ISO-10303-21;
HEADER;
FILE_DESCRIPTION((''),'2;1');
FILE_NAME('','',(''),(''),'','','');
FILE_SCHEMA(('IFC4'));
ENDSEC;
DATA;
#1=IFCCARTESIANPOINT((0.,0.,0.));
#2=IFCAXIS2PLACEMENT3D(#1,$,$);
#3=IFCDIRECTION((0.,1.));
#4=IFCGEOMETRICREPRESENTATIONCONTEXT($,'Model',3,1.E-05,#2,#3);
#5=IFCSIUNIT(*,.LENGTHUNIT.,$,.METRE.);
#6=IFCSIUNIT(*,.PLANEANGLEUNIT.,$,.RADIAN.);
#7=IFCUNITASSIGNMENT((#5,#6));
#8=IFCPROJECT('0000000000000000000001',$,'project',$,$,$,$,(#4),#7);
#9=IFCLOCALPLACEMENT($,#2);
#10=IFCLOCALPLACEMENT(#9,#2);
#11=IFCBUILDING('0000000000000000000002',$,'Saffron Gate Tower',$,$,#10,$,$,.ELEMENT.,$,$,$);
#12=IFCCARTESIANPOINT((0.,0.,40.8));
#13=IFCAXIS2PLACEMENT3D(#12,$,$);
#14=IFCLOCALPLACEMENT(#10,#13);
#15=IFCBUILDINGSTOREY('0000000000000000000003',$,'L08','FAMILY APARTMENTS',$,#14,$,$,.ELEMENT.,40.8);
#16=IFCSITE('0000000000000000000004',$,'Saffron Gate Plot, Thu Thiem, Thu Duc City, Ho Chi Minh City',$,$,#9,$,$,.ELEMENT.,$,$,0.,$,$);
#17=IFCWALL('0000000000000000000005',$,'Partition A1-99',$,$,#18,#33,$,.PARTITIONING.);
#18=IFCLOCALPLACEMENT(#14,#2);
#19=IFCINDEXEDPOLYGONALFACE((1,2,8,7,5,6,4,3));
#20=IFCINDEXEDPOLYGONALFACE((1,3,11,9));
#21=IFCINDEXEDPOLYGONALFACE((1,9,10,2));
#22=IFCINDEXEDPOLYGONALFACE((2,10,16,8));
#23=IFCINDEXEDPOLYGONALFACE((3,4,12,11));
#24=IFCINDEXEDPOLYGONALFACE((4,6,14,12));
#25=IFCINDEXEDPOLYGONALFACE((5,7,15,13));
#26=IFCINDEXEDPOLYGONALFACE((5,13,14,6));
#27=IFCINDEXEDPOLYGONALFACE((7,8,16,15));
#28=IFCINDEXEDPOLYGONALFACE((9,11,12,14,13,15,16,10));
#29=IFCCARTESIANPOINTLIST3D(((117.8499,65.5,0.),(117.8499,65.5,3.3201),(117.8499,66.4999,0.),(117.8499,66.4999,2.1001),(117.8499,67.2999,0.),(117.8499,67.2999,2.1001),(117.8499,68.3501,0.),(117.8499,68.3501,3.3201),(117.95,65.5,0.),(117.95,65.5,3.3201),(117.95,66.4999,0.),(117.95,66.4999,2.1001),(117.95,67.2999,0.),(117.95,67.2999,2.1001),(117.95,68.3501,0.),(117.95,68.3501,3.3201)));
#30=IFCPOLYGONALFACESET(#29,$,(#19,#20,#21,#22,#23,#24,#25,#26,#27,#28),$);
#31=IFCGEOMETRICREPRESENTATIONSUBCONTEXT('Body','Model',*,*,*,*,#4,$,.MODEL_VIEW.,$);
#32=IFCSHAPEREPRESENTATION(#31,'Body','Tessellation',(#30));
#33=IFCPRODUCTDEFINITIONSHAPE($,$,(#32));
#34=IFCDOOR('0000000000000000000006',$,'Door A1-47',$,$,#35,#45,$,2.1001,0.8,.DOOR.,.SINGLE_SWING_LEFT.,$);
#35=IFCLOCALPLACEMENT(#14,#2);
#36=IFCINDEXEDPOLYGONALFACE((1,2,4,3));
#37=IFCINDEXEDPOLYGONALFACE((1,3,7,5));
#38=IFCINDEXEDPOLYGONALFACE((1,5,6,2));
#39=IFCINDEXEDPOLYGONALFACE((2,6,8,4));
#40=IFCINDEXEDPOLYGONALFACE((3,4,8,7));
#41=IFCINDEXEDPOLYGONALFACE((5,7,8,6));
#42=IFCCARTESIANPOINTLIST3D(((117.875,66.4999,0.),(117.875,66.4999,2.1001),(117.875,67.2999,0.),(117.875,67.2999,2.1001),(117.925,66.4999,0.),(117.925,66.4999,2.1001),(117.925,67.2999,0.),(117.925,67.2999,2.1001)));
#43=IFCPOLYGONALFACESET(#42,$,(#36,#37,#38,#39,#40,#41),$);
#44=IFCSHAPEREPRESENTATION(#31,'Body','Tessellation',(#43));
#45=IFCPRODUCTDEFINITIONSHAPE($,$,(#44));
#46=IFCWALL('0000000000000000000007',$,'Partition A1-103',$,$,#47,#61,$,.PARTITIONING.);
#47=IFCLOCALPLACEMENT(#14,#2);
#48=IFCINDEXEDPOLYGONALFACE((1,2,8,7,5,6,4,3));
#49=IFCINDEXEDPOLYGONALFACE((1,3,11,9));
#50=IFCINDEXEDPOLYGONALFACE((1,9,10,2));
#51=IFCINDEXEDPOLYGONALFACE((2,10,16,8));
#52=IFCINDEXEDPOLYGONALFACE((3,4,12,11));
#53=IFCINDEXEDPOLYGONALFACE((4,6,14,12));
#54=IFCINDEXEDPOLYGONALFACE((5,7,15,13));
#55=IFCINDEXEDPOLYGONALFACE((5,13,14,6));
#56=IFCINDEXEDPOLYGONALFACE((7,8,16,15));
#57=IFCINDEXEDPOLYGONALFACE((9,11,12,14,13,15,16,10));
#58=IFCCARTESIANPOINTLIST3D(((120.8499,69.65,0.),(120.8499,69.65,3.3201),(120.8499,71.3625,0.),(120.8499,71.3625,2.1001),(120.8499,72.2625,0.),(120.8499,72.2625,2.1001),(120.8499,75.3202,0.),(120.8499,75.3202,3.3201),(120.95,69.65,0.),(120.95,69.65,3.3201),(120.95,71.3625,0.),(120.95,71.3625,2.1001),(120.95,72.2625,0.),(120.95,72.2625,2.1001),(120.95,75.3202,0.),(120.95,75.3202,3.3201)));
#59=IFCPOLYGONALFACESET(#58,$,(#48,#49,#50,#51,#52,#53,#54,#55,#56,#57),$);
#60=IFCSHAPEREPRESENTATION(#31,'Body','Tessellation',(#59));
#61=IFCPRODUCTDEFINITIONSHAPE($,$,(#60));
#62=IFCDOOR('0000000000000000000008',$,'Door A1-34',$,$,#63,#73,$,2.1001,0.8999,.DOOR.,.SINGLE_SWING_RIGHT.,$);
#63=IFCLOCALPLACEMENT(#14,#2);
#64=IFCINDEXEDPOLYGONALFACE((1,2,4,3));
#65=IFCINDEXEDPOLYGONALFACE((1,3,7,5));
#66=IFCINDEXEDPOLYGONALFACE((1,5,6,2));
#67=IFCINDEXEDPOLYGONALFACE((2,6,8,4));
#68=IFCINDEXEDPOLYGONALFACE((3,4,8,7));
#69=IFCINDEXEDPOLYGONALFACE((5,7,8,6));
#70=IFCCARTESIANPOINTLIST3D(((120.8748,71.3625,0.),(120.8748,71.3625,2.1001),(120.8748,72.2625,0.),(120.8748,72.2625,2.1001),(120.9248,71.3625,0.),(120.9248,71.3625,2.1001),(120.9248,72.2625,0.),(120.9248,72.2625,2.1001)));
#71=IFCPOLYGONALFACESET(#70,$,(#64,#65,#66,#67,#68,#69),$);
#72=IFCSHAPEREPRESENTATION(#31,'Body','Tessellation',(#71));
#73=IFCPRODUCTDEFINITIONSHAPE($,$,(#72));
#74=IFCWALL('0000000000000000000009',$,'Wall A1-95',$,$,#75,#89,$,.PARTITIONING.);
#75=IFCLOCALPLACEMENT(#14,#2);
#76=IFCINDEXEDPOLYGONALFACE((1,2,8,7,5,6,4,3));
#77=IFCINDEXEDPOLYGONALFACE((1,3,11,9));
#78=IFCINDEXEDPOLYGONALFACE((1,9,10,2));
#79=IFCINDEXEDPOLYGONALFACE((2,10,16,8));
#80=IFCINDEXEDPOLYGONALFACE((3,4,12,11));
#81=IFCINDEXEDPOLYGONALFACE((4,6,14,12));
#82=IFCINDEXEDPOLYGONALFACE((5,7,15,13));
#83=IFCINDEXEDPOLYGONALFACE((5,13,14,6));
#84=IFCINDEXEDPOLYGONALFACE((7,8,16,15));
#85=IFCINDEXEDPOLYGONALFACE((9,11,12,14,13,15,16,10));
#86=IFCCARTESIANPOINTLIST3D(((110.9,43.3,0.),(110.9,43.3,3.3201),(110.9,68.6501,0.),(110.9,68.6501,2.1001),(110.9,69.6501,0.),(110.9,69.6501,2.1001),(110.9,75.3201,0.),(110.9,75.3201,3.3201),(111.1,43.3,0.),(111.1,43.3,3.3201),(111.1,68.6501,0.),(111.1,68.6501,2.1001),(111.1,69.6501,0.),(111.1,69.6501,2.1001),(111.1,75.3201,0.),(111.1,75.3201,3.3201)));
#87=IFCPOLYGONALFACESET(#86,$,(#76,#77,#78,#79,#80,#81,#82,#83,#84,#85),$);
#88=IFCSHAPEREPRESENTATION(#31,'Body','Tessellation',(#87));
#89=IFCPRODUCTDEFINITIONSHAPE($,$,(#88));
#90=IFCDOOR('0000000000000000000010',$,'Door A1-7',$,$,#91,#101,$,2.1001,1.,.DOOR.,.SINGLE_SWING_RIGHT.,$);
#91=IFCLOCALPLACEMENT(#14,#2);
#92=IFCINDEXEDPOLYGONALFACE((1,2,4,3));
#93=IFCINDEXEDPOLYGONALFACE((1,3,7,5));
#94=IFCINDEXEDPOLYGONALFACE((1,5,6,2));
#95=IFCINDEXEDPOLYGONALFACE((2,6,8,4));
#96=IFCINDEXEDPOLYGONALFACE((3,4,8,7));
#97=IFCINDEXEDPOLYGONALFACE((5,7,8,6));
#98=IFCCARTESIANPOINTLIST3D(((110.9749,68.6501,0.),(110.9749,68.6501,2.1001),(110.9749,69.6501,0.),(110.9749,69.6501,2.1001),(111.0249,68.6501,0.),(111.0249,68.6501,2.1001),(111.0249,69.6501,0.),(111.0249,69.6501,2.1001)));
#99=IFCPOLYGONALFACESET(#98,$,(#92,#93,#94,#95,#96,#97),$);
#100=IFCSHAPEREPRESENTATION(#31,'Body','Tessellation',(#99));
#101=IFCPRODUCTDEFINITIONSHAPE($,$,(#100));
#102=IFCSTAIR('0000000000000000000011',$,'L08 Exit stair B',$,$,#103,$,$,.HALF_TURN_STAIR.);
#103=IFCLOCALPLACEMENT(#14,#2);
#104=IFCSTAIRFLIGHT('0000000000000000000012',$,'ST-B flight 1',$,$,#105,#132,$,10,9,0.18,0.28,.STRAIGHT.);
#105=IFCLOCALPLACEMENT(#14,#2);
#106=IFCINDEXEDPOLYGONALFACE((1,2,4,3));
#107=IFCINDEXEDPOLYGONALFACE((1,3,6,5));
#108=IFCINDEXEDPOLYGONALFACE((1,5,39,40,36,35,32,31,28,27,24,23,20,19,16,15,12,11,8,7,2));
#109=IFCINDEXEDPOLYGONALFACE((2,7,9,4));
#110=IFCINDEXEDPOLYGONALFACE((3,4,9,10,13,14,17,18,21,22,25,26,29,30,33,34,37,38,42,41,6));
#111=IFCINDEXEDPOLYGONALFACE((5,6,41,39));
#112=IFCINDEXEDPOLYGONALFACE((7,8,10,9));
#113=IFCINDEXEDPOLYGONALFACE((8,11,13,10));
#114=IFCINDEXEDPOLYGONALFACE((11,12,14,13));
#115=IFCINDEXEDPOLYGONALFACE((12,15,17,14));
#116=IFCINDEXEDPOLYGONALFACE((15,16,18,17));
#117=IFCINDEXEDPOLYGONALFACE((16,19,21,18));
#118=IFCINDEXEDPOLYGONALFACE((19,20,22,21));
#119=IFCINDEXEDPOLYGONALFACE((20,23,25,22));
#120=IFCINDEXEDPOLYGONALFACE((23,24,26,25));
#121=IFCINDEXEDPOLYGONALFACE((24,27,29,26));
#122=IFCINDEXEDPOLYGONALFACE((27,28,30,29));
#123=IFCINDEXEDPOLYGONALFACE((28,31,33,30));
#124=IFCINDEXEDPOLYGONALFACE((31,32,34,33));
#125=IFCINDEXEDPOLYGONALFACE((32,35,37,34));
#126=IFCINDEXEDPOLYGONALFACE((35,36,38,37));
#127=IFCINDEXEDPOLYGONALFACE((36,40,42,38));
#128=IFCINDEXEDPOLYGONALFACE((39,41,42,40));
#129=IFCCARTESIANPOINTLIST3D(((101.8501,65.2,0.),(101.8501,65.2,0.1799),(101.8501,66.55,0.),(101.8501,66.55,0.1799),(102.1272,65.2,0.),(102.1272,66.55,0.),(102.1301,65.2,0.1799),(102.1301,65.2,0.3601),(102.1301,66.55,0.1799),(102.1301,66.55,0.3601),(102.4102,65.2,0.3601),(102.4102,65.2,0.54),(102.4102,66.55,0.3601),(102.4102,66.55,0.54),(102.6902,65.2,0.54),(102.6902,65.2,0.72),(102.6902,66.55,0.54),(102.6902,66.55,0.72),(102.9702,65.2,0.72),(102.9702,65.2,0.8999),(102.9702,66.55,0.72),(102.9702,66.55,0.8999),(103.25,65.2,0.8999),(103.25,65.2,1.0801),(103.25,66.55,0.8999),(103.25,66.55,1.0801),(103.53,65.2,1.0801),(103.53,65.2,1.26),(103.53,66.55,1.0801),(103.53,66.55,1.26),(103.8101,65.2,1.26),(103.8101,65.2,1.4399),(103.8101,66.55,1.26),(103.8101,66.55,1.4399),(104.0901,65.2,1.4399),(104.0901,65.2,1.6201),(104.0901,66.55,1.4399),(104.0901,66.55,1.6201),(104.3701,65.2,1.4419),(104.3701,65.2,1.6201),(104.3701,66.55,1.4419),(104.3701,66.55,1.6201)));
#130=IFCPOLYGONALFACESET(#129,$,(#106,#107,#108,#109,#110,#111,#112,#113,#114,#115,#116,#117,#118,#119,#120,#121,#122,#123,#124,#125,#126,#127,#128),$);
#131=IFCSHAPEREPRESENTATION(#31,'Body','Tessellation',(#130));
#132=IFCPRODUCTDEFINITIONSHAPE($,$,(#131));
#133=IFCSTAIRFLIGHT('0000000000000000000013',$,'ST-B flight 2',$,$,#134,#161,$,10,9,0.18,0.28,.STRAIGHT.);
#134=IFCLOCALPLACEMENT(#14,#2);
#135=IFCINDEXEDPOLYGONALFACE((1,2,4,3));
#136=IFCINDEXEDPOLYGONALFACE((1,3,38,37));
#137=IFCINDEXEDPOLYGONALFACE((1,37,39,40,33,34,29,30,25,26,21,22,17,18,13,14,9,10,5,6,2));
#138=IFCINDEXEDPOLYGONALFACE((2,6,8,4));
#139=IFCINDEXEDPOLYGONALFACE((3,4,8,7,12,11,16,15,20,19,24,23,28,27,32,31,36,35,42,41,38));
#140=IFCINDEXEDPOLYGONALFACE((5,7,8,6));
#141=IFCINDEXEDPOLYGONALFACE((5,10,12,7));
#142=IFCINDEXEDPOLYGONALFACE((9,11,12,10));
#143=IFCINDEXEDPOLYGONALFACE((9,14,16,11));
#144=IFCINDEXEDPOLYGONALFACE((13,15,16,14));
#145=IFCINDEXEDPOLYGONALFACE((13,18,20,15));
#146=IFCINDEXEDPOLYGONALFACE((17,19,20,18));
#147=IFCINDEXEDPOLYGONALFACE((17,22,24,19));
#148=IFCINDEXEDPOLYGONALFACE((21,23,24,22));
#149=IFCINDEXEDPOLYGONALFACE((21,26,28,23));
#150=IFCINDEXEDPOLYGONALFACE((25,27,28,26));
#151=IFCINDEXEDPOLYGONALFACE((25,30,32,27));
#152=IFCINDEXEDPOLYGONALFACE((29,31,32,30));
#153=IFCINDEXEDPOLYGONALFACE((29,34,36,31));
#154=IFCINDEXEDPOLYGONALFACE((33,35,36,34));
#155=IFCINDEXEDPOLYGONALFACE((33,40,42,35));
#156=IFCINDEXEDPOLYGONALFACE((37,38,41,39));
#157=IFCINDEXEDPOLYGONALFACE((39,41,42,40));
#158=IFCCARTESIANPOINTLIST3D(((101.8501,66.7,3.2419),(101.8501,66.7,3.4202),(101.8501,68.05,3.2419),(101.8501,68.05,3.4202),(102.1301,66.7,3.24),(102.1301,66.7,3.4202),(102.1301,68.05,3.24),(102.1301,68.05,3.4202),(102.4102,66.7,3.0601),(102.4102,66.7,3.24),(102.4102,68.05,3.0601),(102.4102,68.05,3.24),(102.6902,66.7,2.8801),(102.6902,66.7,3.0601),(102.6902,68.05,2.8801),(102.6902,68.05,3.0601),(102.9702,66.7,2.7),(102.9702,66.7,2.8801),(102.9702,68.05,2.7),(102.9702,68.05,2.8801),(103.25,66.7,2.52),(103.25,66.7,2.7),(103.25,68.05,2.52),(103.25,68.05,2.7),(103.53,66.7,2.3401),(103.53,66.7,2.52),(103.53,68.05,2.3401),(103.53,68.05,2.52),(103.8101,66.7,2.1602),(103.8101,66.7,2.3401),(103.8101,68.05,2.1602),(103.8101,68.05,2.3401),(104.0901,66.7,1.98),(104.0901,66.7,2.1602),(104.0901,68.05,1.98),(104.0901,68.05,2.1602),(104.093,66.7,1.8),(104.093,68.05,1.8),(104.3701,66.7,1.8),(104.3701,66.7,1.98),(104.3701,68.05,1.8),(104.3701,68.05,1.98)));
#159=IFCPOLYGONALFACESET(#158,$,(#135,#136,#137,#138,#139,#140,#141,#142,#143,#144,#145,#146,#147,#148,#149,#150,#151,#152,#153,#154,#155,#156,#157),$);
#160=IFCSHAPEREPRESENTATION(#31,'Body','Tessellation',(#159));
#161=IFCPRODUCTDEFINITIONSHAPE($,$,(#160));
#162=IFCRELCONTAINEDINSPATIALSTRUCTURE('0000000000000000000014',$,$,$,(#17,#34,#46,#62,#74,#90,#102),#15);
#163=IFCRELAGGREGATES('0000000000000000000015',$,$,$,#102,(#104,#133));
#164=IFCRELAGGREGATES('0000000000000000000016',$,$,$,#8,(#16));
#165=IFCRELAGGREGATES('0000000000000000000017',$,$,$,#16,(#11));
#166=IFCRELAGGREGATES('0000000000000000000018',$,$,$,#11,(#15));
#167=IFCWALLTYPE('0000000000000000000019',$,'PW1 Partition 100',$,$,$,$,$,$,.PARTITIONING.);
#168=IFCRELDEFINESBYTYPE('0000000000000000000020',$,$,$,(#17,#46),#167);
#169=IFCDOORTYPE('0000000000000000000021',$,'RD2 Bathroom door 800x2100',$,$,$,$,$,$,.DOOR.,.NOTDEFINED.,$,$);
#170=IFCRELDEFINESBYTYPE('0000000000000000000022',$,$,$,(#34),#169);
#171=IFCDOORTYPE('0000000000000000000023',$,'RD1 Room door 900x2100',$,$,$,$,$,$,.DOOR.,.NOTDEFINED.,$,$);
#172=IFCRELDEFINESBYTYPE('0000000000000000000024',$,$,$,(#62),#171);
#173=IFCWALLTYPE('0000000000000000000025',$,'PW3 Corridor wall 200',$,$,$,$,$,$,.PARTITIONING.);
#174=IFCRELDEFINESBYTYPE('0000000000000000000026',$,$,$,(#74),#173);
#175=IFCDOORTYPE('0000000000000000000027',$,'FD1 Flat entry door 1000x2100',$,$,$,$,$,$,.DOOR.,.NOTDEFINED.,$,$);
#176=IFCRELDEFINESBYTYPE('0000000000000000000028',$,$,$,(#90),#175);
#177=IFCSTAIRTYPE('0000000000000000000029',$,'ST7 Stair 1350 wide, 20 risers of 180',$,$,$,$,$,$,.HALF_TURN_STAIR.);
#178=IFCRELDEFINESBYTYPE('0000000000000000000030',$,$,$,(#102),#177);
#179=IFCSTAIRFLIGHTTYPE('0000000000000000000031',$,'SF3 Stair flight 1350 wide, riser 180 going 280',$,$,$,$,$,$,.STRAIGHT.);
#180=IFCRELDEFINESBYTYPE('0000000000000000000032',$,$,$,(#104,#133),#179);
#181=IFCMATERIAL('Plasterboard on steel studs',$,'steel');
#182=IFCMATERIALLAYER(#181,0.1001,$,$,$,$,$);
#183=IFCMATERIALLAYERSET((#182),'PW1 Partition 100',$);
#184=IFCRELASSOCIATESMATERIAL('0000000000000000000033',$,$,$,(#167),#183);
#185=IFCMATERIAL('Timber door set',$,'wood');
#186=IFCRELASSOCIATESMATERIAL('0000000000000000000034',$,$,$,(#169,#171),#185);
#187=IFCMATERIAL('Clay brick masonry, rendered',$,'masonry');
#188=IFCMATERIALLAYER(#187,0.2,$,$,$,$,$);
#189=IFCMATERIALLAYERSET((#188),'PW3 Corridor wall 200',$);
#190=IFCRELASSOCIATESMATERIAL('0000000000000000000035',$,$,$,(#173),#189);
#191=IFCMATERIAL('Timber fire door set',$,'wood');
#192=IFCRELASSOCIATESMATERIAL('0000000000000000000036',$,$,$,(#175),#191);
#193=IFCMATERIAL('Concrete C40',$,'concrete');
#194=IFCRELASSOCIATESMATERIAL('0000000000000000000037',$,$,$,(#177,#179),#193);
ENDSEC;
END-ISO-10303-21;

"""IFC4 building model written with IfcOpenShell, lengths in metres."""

from ifc_helpers import new_model, si_unit, direction, frame, frame_2d, origin, place, context, subcontext, project, spatial, polyline, rectangle, outline, extrude, material, layer, layer_set, type_object, element, fill, aggregate, save


model = new_model("IFC4")

# Units and contexts
model_context = context("Model", 3, precision=1e-05, world=origin(), true_north=direction((0.0, 1.0)))
body_context = subcontext(model_context, "Body", "Model", "MODEL_VIEW")
ifc_project = project(units=[si_unit("LENGTHUNIT", "METRE"), si_unit("PLANEANGLEUNIT", "RADIAN")], contexts=[model_context])

# Site, building, storey
site_placement = place(None, origin())
site = spatial("IfcSite", under=ifc_project, at=site_placement, Name="Saffron Gate Plot, Thu Thiem, Thu Duc City, Ho Chi Minh City", CompositionType="ELEMENT", RefElevation=0.0)
building_placement = place(site_placement, origin())
building = spatial("IfcBuilding", under=site, at=building_placement, Name="Saffron Gate Tower", CompositionType="ELEMENT")
storey_placement = place(building_placement, frame((0.0, 0.0, 40.8)))
storey = spatial("IfcBuildingStorey", under=building, at=storey_placement, Name="L08", Description="FAMILY APARTMENTS", CompositionType="ELEMENT", Elevation=40.8)

# Shared definitions
ifc_material_1 = material(Name="Plasterboard on steel studs", Category="steel")
ifc_layer_1 = layer(ifc_material_1, 0.1001)
ifc_layer_set_1 = layer_set([ifc_layer_1], Name="PW1 Partition 100")
wall_type_1 = type_object("IfcWallType", Name="PW1 Partition 100", PredefinedType="PARTITIONING", material=ifc_layer_set_1)

# Walls, openings, doors
wall_1_placement = place(storey_placement, frame((117.8999, 65.5, 0.0), z_axis=(0.0, 0.0, 1.0), x_axis=(0.0, 1.0, 0.0)))
wall_1 = element("IfcWall", 1, at=wall_1_placement, inside=storey, type_object=wall_type_1, Name="Partition A1-99", PredefinedType="PARTITIONING", context=body_context, shape_type="SweptSolid", body=[
    extrude(rectangle(XDim=2.8501, YDim=0.1001, at=frame_2d((1.425, 0.0))), origin(), (0.0, 0.0, 1.0), 3.3201),
])
opening_1_placement = place(wall_1_placement, frame((1.0, 0.0, 0.0)))
opening_1 = element("IfcOpeningElement", 2, at=opening_1_placement, cuts=wall_1, PredefinedType="OPENING", context=body_context, shape_type="SweptSolid", body=[
    extrude(rectangle(XDim=0.8, YDim=2.1001, at=frame_2d((0.3999, 1.05))), frame((0.0, 0.0601, 0.0), z_axis=(0.0, -1.0, 0.0), x_axis=(1.0, 0.0, 0.0)), (0.0, 0.0, 1.0), 0.1201),
])
ifc_material_2 = material(Name="Timber door set", Category="wood")
door_type_1 = type_object("IfcDoorType", Name="RD2 Bathroom door 800x2100", OperationType="NOTDEFINED", PredefinedType="DOOR", material=ifc_material_2)
door_1_placement = place(opening_1_placement, origin())
door_1 = element("IfcDoor", 3, at=door_1_placement, inside=storey, type_object=door_type_1, Name="Door A1-47", OperationType="SINGLE_SWING_LEFT", OverallHeight=2.1001, OverallWidth=0.8, PredefinedType="DOOR", context=body_context, shape_type="SweptSolid", body=[
    extrude(rectangle(XDim=0.8, YDim=2.1001, at=frame_2d((0.3999, 1.05))), frame((0.0, 0.0249, 0.0), z_axis=(0.0, -1.0, 0.0), x_axis=(1.0, 0.0, 0.0)), (0.0, 0.0, 1.0), 0.05),
])
fill(opening_1, door_1)
wall_2_placement = place(storey_placement, frame((120.8999, 75.3201, 0.0), z_axis=(0.0, 0.0, 1.0), x_axis=(0.0, -1.0, 0.0)))
wall_2 = element("IfcWall", 4, at=wall_2_placement, inside=storey, type_object=wall_type_1, Name="Partition A1-103", PredefinedType="PARTITIONING", context=body_context, shape_type="SweptSolid", body=[
    extrude(rectangle(XDim=5.6702, YDim=0.1001, at=frame_2d((2.835, 0.0))), origin(), (0.0, 0.0, 1.0), 3.3201),
])
opening_2_placement = place(wall_2_placement, frame((3.0576, 0.0, 0.0)))
opening_2 = element("IfcOpeningElement", 5, at=opening_2_placement, cuts=wall_2, PredefinedType="OPENING", context=body_context, shape_type="SweptSolid", body=[
    extrude(rectangle(XDim=0.8999, YDim=2.1001, at=frame_2d((0.45, 1.05))), frame((0.0, 0.0601, 0.0), z_axis=(0.0, -1.0, 0.0), x_axis=(1.0, 0.0, 0.0)), (0.0, 0.0, 1.0), 0.1201),
])
door_type_2 = type_object("IfcDoorType", Name="RD1 Room door 900x2100", OperationType="NOTDEFINED", PredefinedType="DOOR", material=ifc_material_2)
door_2_placement = place(opening_2_placement, origin())
door_2 = element("IfcDoor", 6, at=door_2_placement, inside=storey, type_object=door_type_2, Name="Door A1-34", OperationType="SINGLE_SWING_RIGHT", OverallHeight=2.1001, OverallWidth=0.8999, PredefinedType="DOOR", context=body_context, shape_type="SweptSolid", body=[
    extrude(rectangle(XDim=0.8999, YDim=2.1001, at=frame_2d((0.45, 1.05))), frame((0.0, 0.0249, 0.0), z_axis=(0.0, -1.0, 0.0), x_axis=(1.0, 0.0, 0.0)), (0.0, 0.0, 1.0), 0.05),
])
fill(opening_2, door_2)
ifc_material_3 = material(Name="Clay brick masonry, rendered", Category="masonry")
ifc_layer_2 = layer(ifc_material_3, 0.2)
ifc_layer_set_2 = layer_set([ifc_layer_2], Name="PW3 Corridor wall 200")
wall_type_2 = type_object("IfcWallType", Name="PW3 Corridor wall 200", PredefinedType="PARTITIONING", material=ifc_layer_set_2)
wall_3_placement = place(storey_placement, frame((111.0, 75.3201, 0.0), z_axis=(0.0, 0.0, 1.0), x_axis=(0.0, -1.0, 0.0)))
wall_3 = element("IfcWall", 7, at=wall_3_placement, inside=storey, type_object=wall_type_2, Name="Wall A1-95", PredefinedType="PARTITIONING", context=body_context, shape_type="SweptSolid", body=[
    extrude(rectangle(XDim=32.02, YDim=0.2, at=frame_2d((16.01, 0.0))), origin(), (0.0, 0.0, 1.0), 3.3201),
])
opening_3_placement = place(wall_3_placement, frame((5.6699, 0.0, 0.0)))
opening_3 = element("IfcOpeningElement", 8, at=opening_3_placement, cuts=wall_3, PredefinedType="OPENING", context=body_context, shape_type="SweptSolid", body=[
    extrude(rectangle(XDim=1.0, YDim=2.1001, at=frame_2d((0.5, 1.05))), frame((0.0, 0.1099, 0.0), z_axis=(0.0, -1.0, 0.0), x_axis=(1.0, 0.0, 0.0)), (0.0, 0.0, 1.0), 0.22),
])
ifc_material_4 = material(Name="Timber fire door set", Category="wood")
door_type_3 = type_object("IfcDoorType", Name="FD1 Flat entry door 1000x2100", OperationType="NOTDEFINED", PredefinedType="DOOR", material=ifc_material_4)
door_3_placement = place(opening_3_placement, origin())
door_3 = element("IfcDoor", 9, at=door_3_placement, inside=storey, type_object=door_type_3, Name="Door A1-7", OperationType="SINGLE_SWING_RIGHT", OverallHeight=2.1001, OverallWidth=1.0, PredefinedType="DOOR", context=body_context, shape_type="SweptSolid", body=[
    extrude(rectangle(XDim=1.0, YDim=2.1001, at=frame_2d((0.5, 1.05))), frame((0.0, 0.0249, 0.0), z_axis=(0.0, -1.0, 0.0), x_axis=(1.0, 0.0, 0.0)), (0.0, 0.0, 1.0), 0.05),
])
fill(opening_3, door_3)

# Stair, stair flights
ifc_material_5 = material(Name="Concrete C40", Category="concrete")
stair_type = type_object("IfcStairType", Name="ST7 Stair 1350 wide, 20 risers of 180", PredefinedType="HALF_TURN_STAIR", material=ifc_material_5)
stair_placement = place(storey_placement, origin())
stair = element("IfcStair", 10, at=stair_placement, inside=storey, type_object=stair_type, Name="L08 Exit stair B", PredefinedType="HALF_TURN_STAIR")
stair_flight_type = type_object("IfcStairFlightType", Name="SF3 Stair flight 1350 wide, riser 180 going 280", PredefinedType="STRAIGHT", material=ifc_material_5)
stair_flight_1_placement = place(storey_placement, frame((101.8501, 65.875, 0.0), z_axis=(0.0, 0.0, 1.0), x_axis=(1.0, 0.0, 0.0)))
stair_flight_1 = element("IfcStairFlight", 11, at=stair_flight_1_placement, type_object=stair_flight_type, Name="ST-B flight 1", NumberOfRisers=10, NumberOfTreads=9, PredefinedType="STRAIGHT", RiserHeight=0.18, TreadLength=0.28, context=body_context, shape_type="SweptSolid", body=[
    extrude(outline(polyline([(0.0, 0.0), (0.0, 0.1799), (0.28, 0.1799), (0.28, 0.3601), (0.5601, 0.3601), (0.5601, 0.54), (0.8401, 0.54), (0.8401, 0.72), (1.1201, 0.72), (1.1201, 0.8999), (1.3999, 0.8999), (1.3999, 1.0801), (1.6799, 1.0801), (1.6799, 1.26), (1.96, 1.26), (1.96, 1.4399), (2.24, 1.4399), (2.24, 1.6201), (2.52, 1.6201), (2.52, 1.8), (2.52, 1.4419), (0.2771, 0.0), (0.0, 0.0)])), frame((0.0, 0.675, 0.0), z_axis=(0.0, -1.0, 0.0), x_axis=(1.0, 0.0, 0.0)), (0.0, 0.0, 1.0), 1.3501),
])
stair_flight_2_placement = place(storey_placement, frame((104.3701, 67.375, 1.8), z_axis=(0.0, 0.0, 1.0), x_axis=(-1.0, 0.0, 0.0)))
stair_flight_2 = element("IfcStairFlight", 12, at=stair_flight_2_placement, type_object=stair_flight_type, Name="ST-B flight 2", NumberOfRisers=10, NumberOfTreads=9, PredefinedType="STRAIGHT", RiserHeight=0.18, TreadLength=0.28, context=body_context, shape_type="SweptSolid", body=[
    extrude(outline(polyline([(0.0, 0.0), (0.0, 0.1799), (0.28, 0.1799), (0.28, 0.3601), (0.5601, 0.3601), (0.5601, 0.54), (0.8401, 0.54), (0.8401, 0.72), (1.1201, 0.72), (1.1201, 0.8999), (1.3999, 0.8999), (1.3999, 1.0801), (1.6799, 1.0801), (1.6799, 1.26), (1.96, 1.26), (1.96, 1.4399), (2.24, 1.4399), (2.24, 1.6201), (2.52, 1.6201), (2.52, 1.8), (2.52, 1.4419), (0.2771, 0.0), (0.0, 0.0)])), frame((0.0, 0.675, 0.0), z_axis=(0.0, -1.0, 0.0), x_axis=(1.0, 0.0, 0.0)), (0.0, 0.0, 1.0), 1.3501),
])
aggregate(stair, [stair_flight_1, stair_flight_2])

save(model, "model.ifc")
